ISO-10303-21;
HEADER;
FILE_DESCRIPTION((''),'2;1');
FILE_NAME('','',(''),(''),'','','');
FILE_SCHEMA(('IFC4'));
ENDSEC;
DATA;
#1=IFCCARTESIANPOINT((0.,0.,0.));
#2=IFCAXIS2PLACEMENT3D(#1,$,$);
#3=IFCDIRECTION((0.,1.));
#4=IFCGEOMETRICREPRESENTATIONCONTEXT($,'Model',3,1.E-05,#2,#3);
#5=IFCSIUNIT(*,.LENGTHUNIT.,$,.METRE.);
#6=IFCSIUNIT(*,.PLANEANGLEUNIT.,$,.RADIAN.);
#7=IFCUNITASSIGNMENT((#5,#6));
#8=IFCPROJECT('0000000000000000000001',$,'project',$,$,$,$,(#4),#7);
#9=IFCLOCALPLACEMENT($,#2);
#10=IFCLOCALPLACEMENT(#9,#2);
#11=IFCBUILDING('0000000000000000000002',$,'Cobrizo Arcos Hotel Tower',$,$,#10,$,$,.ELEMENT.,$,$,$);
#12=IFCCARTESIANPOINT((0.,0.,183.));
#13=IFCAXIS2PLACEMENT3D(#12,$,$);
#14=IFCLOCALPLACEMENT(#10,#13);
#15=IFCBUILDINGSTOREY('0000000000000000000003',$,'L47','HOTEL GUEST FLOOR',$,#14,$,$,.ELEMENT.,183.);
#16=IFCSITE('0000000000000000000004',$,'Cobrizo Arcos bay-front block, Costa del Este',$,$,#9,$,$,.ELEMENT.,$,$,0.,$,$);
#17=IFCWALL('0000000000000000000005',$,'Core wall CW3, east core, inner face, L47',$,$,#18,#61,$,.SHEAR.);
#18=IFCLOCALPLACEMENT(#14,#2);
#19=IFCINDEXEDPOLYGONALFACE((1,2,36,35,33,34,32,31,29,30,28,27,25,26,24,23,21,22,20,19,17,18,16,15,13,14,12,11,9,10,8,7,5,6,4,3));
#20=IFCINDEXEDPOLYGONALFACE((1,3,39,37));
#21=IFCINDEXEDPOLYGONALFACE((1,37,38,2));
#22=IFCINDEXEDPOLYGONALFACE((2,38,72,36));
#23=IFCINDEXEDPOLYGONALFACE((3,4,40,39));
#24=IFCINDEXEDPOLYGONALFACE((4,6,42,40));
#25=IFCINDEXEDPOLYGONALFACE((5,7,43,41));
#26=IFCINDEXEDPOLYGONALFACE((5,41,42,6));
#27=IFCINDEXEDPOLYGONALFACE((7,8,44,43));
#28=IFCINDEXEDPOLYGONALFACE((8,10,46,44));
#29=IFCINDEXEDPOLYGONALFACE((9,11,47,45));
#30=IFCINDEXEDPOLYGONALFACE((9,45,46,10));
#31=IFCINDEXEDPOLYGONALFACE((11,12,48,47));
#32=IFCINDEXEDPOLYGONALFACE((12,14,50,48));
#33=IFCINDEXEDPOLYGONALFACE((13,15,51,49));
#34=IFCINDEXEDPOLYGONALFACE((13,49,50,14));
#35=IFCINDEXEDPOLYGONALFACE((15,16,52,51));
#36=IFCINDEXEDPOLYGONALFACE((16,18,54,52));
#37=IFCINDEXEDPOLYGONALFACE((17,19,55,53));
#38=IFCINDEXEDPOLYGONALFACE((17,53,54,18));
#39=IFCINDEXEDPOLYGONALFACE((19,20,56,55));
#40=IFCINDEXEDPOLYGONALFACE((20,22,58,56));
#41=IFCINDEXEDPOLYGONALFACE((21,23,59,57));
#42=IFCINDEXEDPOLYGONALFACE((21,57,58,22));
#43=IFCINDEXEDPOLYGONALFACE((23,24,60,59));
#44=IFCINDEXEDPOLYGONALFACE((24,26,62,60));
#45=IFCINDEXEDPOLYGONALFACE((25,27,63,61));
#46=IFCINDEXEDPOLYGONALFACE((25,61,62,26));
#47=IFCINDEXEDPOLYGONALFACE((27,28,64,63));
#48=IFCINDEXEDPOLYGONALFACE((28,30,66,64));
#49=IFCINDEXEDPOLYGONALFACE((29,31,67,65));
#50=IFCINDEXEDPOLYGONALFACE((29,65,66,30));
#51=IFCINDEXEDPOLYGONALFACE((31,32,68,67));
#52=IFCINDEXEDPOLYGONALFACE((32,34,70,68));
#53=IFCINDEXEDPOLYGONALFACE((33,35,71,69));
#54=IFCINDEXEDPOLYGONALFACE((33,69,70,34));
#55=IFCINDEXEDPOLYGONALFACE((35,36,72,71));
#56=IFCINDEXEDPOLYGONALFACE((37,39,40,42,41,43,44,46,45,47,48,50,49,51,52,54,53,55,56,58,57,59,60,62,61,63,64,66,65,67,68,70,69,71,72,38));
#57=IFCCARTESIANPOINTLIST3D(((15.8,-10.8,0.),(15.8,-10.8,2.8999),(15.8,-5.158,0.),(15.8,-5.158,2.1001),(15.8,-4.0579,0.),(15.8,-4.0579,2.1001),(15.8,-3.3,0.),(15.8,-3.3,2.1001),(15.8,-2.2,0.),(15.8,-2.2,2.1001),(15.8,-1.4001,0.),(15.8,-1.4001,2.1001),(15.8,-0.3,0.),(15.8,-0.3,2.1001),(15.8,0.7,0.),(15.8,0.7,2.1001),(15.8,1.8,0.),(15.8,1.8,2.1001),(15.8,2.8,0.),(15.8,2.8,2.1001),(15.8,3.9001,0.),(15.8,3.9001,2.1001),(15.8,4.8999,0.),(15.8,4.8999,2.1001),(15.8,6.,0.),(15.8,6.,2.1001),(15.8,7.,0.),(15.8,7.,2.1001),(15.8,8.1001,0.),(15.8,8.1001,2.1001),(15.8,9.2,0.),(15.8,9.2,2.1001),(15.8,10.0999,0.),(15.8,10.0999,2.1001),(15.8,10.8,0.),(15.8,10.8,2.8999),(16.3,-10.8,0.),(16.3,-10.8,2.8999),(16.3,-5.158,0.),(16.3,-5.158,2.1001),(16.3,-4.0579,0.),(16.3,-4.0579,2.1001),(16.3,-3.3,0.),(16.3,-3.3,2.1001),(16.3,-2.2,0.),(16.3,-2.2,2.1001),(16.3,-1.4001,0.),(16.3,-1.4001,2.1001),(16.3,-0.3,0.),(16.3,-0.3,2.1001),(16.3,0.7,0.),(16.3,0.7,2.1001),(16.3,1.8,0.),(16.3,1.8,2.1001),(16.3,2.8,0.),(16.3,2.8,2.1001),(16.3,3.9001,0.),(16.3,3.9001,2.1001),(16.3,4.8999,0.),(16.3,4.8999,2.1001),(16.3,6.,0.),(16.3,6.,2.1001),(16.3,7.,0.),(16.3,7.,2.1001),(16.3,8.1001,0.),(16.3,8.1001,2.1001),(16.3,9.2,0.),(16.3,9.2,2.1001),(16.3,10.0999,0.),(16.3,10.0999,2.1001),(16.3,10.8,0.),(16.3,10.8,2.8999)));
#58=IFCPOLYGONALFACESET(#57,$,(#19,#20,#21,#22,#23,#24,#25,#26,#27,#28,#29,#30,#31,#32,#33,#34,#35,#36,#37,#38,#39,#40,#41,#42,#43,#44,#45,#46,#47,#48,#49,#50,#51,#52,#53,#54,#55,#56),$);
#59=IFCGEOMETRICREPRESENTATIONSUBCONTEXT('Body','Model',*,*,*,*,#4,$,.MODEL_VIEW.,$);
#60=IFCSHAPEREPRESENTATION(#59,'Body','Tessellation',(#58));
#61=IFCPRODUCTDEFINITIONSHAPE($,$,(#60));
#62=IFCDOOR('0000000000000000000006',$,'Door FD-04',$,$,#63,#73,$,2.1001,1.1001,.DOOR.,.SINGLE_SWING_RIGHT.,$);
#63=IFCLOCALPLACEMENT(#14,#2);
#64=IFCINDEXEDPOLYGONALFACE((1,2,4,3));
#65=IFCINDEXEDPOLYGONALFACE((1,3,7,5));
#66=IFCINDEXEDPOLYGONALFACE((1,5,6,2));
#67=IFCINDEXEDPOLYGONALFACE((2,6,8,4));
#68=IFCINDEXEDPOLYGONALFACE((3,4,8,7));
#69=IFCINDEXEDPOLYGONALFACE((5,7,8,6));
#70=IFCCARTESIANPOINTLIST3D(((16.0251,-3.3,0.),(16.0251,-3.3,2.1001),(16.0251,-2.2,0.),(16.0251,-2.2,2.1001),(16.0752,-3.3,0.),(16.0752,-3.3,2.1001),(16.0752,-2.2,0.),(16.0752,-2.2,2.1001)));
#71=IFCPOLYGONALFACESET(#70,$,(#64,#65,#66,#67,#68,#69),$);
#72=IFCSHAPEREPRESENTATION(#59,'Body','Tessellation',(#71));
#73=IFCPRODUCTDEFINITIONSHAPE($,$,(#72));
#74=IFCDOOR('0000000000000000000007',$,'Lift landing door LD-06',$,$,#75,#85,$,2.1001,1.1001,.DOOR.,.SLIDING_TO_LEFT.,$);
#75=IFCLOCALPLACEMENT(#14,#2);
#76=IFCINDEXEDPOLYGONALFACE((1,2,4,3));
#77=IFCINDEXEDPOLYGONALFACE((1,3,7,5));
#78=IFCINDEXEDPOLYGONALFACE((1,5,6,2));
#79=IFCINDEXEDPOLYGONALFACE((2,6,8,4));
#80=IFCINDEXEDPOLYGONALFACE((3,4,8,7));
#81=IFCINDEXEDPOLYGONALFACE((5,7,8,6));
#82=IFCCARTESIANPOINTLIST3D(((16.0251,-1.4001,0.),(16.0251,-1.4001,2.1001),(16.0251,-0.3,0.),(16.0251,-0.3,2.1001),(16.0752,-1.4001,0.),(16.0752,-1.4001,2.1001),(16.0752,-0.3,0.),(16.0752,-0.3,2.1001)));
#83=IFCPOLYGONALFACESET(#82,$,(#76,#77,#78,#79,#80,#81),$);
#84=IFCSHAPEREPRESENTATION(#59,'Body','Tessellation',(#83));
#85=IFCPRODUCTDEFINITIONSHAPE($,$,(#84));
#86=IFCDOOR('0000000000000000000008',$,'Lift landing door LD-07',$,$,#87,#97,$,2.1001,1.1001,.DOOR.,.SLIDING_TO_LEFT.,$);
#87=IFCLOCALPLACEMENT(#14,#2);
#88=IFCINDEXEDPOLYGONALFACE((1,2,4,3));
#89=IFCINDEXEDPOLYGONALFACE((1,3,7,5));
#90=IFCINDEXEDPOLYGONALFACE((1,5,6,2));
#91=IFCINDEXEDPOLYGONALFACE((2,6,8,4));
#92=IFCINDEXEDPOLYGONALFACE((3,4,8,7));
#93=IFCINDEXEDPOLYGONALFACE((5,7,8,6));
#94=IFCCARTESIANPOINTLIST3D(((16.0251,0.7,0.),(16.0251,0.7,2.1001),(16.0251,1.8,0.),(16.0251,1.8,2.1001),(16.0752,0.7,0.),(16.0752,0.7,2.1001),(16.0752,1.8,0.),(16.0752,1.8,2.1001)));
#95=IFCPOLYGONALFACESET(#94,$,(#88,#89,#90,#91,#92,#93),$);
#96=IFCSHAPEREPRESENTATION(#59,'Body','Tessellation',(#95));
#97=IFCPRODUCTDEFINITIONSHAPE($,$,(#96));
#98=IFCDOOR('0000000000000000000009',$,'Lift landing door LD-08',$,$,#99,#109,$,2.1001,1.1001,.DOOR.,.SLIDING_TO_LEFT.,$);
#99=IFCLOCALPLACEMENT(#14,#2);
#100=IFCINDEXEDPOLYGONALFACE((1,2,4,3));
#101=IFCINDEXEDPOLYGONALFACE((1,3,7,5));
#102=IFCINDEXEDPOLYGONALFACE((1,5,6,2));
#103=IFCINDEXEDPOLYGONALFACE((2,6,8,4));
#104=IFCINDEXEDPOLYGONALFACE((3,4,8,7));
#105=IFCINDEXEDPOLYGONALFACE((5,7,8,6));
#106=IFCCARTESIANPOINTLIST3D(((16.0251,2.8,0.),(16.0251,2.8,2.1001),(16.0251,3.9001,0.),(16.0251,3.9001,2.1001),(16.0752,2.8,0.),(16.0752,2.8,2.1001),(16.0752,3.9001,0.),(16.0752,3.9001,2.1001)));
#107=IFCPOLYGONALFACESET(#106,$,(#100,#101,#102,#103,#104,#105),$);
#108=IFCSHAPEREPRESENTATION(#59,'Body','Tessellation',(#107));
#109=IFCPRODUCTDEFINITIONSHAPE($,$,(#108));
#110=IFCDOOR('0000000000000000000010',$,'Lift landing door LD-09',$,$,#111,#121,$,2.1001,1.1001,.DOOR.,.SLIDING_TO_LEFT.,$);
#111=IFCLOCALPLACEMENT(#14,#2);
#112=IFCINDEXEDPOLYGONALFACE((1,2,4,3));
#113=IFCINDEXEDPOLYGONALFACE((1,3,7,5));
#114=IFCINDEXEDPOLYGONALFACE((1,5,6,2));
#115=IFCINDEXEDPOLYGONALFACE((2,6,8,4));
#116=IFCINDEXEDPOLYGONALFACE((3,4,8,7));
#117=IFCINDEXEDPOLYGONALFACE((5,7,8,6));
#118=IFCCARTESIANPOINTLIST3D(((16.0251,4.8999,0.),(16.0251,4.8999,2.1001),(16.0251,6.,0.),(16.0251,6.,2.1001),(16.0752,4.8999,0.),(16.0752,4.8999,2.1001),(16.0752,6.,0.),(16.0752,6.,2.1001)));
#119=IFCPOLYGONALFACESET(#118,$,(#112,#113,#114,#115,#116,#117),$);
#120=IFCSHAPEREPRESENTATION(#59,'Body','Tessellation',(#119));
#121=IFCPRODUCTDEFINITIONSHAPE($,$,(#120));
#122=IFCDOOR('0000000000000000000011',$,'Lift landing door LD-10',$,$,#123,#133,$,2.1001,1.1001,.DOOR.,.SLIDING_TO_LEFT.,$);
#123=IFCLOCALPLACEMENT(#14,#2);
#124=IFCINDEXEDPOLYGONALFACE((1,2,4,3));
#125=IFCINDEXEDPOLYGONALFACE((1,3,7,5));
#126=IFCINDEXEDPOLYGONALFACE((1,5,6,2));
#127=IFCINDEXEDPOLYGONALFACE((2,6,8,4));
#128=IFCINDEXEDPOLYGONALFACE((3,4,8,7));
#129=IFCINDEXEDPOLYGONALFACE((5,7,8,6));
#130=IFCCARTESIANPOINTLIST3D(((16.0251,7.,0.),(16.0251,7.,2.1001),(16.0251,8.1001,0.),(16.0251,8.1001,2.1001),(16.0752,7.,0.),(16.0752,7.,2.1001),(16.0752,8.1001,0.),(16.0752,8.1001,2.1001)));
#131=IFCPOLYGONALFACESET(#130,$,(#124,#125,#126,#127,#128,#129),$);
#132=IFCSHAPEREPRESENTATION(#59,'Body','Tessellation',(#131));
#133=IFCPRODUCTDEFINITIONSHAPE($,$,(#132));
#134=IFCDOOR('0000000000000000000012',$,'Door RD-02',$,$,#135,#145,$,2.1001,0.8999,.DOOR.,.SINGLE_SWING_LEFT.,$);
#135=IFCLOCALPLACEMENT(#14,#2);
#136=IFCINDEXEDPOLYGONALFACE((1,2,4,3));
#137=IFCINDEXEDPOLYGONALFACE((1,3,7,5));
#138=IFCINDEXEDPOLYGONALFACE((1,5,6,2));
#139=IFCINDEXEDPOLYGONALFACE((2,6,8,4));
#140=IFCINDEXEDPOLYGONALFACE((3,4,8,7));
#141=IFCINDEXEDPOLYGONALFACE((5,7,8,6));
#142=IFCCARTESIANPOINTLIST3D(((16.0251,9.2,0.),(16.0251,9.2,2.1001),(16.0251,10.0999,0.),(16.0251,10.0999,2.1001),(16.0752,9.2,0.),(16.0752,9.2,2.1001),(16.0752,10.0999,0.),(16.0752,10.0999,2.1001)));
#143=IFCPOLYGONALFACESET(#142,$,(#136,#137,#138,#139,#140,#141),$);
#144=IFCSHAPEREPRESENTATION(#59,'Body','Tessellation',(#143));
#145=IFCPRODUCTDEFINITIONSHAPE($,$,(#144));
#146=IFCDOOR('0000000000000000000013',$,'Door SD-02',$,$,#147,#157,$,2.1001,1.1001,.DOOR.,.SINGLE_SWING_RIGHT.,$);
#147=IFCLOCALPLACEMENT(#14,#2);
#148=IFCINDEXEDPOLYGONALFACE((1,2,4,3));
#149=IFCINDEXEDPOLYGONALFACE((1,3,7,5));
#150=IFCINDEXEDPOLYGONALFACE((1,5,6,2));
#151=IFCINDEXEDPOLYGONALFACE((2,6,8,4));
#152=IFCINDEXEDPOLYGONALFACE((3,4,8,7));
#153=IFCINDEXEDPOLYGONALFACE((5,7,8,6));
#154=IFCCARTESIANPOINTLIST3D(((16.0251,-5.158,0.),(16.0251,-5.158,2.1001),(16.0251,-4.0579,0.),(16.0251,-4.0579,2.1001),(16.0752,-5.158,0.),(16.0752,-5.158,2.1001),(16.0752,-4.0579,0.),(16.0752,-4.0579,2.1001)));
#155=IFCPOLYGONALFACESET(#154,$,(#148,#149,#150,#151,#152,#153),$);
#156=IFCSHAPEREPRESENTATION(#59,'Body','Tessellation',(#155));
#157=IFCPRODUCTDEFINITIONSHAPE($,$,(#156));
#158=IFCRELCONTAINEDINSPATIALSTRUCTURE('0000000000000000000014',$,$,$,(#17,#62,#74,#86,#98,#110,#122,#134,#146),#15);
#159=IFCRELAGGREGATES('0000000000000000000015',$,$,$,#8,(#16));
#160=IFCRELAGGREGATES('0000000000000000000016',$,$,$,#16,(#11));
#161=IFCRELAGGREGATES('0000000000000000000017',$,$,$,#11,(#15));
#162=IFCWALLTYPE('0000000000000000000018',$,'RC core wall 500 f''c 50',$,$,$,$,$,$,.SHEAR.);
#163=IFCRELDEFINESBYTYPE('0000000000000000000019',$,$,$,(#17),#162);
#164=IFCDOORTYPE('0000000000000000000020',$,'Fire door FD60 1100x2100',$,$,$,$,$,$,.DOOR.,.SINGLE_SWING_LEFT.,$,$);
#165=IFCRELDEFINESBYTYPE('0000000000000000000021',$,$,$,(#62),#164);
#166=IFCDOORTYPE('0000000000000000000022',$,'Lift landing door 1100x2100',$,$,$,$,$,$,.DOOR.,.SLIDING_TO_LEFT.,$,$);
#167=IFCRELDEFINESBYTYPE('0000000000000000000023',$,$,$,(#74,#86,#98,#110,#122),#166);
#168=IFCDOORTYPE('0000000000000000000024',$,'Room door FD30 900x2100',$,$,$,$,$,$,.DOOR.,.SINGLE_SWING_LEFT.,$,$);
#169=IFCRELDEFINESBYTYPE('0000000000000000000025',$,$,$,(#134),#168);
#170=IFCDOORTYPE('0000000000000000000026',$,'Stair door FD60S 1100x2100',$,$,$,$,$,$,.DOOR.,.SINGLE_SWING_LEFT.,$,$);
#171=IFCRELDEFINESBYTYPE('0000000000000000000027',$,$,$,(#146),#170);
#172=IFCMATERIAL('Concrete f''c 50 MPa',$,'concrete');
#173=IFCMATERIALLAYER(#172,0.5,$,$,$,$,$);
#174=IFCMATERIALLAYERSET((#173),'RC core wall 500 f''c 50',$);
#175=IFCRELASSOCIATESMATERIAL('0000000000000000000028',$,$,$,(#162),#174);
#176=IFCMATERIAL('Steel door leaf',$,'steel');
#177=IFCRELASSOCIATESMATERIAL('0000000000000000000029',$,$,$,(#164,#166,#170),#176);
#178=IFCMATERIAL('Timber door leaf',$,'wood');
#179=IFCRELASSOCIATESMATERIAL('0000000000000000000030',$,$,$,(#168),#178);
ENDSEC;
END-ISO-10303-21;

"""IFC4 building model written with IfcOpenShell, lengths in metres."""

from ifc_helpers import new_model, si_unit, direction, frame, frame_2d, origin, place, context, subcontext, project, spatial, rectangle, extrude, material, layer, layer_set, type_object, element, fill, save


model = new_model("IFC4")

# Units and contexts
model_context = context("Model", 3, precision=1e-05, world=origin(), true_north=direction((0.0, 1.0)))
body_context = subcontext(model_context, "Body", "Model", "MODEL_VIEW")
ifc_project = project(units=[si_unit("LENGTHUNIT", "METRE"), si_unit("PLANEANGLEUNIT", "RADIAN")], contexts=[model_context])

# Site, building, storey
site_placement = place(None, origin())
site = spatial("IfcSite", under=ifc_project, at=site_placement, Name="Cobrizo Arcos bay-front block, Costa del Este", CompositionType="ELEMENT", RefElevation=0.0)
building_placement = place(site_placement, origin())
building = spatial("IfcBuilding", under=site, at=building_placement, Name="Cobrizo Arcos Hotel Tower", CompositionType="ELEMENT")
storey_placement = place(building_placement, frame((0.0, 0.0, 183.0)))
storey = spatial("IfcBuildingStorey", under=building, at=storey_placement, Name="L47", Description="HOTEL GUEST FLOOR", CompositionType="ELEMENT", Elevation=183.0)

# Wall, openings, doors
ifc_material_1 = material(Name="Concrete f'c 50 MPa", Category="concrete")
ifc_layer_1 = layer(ifc_material_1, 0.5)
ifc_layer_set_1 = layer_set([ifc_layer_1], Name="RC core wall 500 f'c 50")
wall_type_1 = type_object("IfcWallType", Name="RC core wall 500 f'c 50", PredefinedType="SHEAR", material=ifc_layer_set_1)
wall_1_placement = place(storey_placement, frame((16.05, -10.8, 0.0), z_axis=(0.0, 0.0, 1.0), x_axis=(0.0, 1.0, 0.0)))
wall_1 = element("IfcWall", 1, at=wall_1_placement, inside=storey, type_object=wall_type_1, Name="Core wall CW3, east core, inner face, L47", PredefinedType="SHEAR", context=body_context, shape_type="SweptSolid", body=[
    extrude(rectangle(XDim=21.6001, YDim=0.5, at=frame_2d((10.8, 0.0))), origin(), (0.0, 0.0, 1.0), 2.8999),
])
opening_1_placement = place(wall_1_placement, frame((9.3999, 0.0, 0.0)))
opening_1 = element("IfcOpeningElement", 2, at=opening_1_placement, cuts=wall_1, PredefinedType="OPENING", context=body_context, shape_type="SweptSolid", body=[
    extrude(rectangle(XDim=1.1001, YDim=2.1001, at=frame_2d((0.55, 1.05))), frame((0.0, 0.262, 0.0), z_axis=(0.0, -1.0, 0.0), x_axis=(1.0, 0.0, 0.0)), (0.0, 0.0, 1.0), 0.5239),
])
opening_2_placement = place(wall_1_placement, frame((11.5, 0.0, 0.0)))
opening_2 = element("IfcOpeningElement", 3, at=opening_2_placement, cuts=wall_1, PredefinedType="OPENING", context=body_context, shape_type="SweptSolid", body=[
    extrude(rectangle(XDim=1.1001, YDim=2.1001, at=frame_2d((0.55, 1.05))), frame((0.0, 0.262, 0.0), z_axis=(0.0, -1.0, 0.0), x_axis=(1.0, 0.0, 0.0)), (0.0, 0.0, 1.0), 0.5239),
])
opening_3_placement = place(wall_1_placement, frame((13.6001, 0.0, 0.0)))
opening_3 = element("IfcOpeningElement", 4, at=opening_3_placement, cuts=wall_1, PredefinedType="OPENING", context=body_context, shape_type="SweptSolid", body=[
    extrude(rectangle(XDim=1.1001, YDim=2.1001, at=frame_2d((0.55, 1.05))), frame((0.0, 0.262, 0.0), z_axis=(0.0, -1.0, 0.0), x_axis=(1.0, 0.0, 0.0)), (0.0, 0.0, 1.0), 0.5239),
])
opening_4_placement = place(wall_1_placement, frame((15.7, 0.0, 0.0)))
opening_4 = element("IfcOpeningElement", 5, at=opening_4_placement, cuts=wall_1, PredefinedType="OPENING", context=body_context, shape_type="SweptSolid", body=[
    extrude(rectangle(XDim=1.1001, YDim=2.1001, at=frame_2d((0.55, 1.05))), frame((0.0, 0.262, 0.0), z_axis=(0.0, -1.0, 0.0), x_axis=(1.0, 0.0, 0.0)), (0.0, 0.0, 1.0), 0.5239),
])
opening_5_placement = place(wall_1_placement, frame((17.8, 0.0, 0.0)))
opening_5 = element("IfcOpeningElement", 6, at=opening_5_placement, cuts=wall_1, PredefinedType="OPENING", context=body_context, shape_type="SweptSolid", body=[
    extrude(rectangle(XDim=1.1001, YDim=2.1001, at=frame_2d((0.55, 1.05))), frame((0.0, 0.262, 0.0), z_axis=(0.0, -1.0, 0.0), x_axis=(1.0, 0.0, 0.0)), (0.0, 0.0, 1.0), 0.5239),
])
opening_6_placement = place(wall_1_placement, frame((5.6421, 0.0, 0.0)))
opening_6 = element("IfcOpeningElement", 7, at=opening_6_placement, cuts=wall_1, PredefinedType="OPENING", context=body_context, shape_type="SweptSolid", body=[
    extrude(rectangle(XDim=1.1001, YDim=2.1001, at=frame_2d((0.55, 1.05))), frame((0.0, 0.262, 0.0), z_axis=(0.0, -1.0, 0.0), x_axis=(1.0, 0.0, 0.0)), (0.0, 0.0, 1.0), 0.5239),
])
opening_7_placement = place(wall_1_placement, frame((7.5, 0.0, 0.0)))
opening_7 = element("IfcOpeningElement", 8, at=opening_7_placement, cuts=wall_1, PredefinedType="OPENING", context=body_context, shape_type="SweptSolid", body=[
    extrude(rectangle(XDim=1.1001, YDim=2.1001, at=frame_2d((0.55, 1.05))), frame((0.0, 0.262, 0.0), z_axis=(0.0, -1.0, 0.0), x_axis=(1.0, 0.0, 0.0)), (0.0, 0.0, 1.0), 0.5239),
])
opening_8_placement = place(wall_1_placement, frame((20.0, 0.0, 0.0)))
opening_8 = element("IfcOpeningElement", 9, at=opening_8_placement, cuts=wall_1, PredefinedType="OPENING", context=body_context, shape_type="SweptSolid", body=[
    extrude(rectangle(XDim=0.8999, YDim=2.1001, at=frame_2d((0.45, 1.05))), frame((0.0, 0.262, 0.0), z_axis=(0.0, -1.0, 0.0), x_axis=(1.0, 0.0, 0.0)), (0.0, 0.0, 1.0), 0.5239),
])
ifc_material_2 = material(Name="Steel door leaf", Category="steel")
door_type_1 = type_object("IfcDoorType", Name="Fire door FD60 1100x2100", OperationType="SINGLE_SWING_LEFT", PredefinedType="DOOR", material=ifc_material_2)
door_1_placement = place(opening_7_placement, origin())
door_1 = element("IfcDoor", 10, at=door_1_placement, inside=storey, type_object=door_type_1, Name="Door FD-04", OperationType="SINGLE_SWING_RIGHT", OverallHeight=2.1001, OverallWidth=1.1001, PredefinedType="DOOR", context=body_context, shape_type="SweptSolid", body=[
    extrude(rectangle(XDim=1.1001, YDim=2.1001, at=frame_2d((0.55, 1.05))), frame((0.0, 0.0249, 0.0), z_axis=(0.0, -1.0, 0.0), x_axis=(1.0, 0.0, 0.0)), (0.0, 0.0, 1.0), 0.05),
])
fill(opening_7, door_1)
door_type_2 = type_object("IfcDoorType", Name="Lift landing door 1100x2100", OperationType="SLIDING_TO_LEFT", PredefinedType="DOOR", material=ifc_material_2)
door_2_placement = place(opening_1_placement, origin())
door_2 = element("IfcDoor", 11, at=door_2_placement, inside=storey, type_object=door_type_2, Name="Lift landing door LD-06", OperationType="SLIDING_TO_LEFT", OverallHeight=2.1001, OverallWidth=1.1001, PredefinedType="DOOR", context=body_context, shape_type="SweptSolid", body=[
    extrude(rectangle(XDim=1.1001, YDim=2.1001, at=frame_2d((0.55, 1.05))), frame((0.0, 0.0249, 0.0), z_axis=(0.0, -1.0, 0.0), x_axis=(1.0, 0.0, 0.0)), (0.0, 0.0, 1.0), 0.05),
])
fill(opening_1, door_2)
door_3_placement = place(opening_2_placement, origin())
door_3 = element("IfcDoor", 12, at=door_3_placement, inside=storey, type_object=door_type_2, Name="Lift landing door LD-07", OperationType="SLIDING_TO_LEFT", OverallHeight=2.1001, OverallWidth=1.1001, PredefinedType="DOOR", context=body_context, shape_type="SweptSolid", body=[
    extrude(rectangle(XDim=1.1001, YDim=2.1001, at=frame_2d((0.55, 1.05))), frame((0.0, 0.0249, 0.0), z_axis=(0.0, -1.0, 0.0), x_axis=(1.0, 0.0, 0.0)), (0.0, 0.0, 1.0), 0.05),
])
fill(opening_2, door_3)
door_4_placement = place(opening_3_placement, origin())
door_4 = element("IfcDoor", 13, at=door_4_placement, inside=storey, type_object=door_type_2, Name="Lift landing door LD-08", OperationType="SLIDING_TO_LEFT", OverallHeight=2.1001, OverallWidth=1.1001, PredefinedType="DOOR", context=body_context, shape_type="SweptSolid", body=[
    extrude(rectangle(XDim=1.1001, YDim=2.1001, at=frame_2d((0.55, 1.05))), frame((0.0, 0.0249, 0.0), z_axis=(0.0, -1.0, 0.0), x_axis=(1.0, 0.0, 0.0)), (0.0, 0.0, 1.0), 0.05),
])
fill(opening_3, door_4)
door_5_placement = place(opening_4_placement, origin())
door_5 = element("IfcDoor", 14, at=door_5_placement, inside=storey, type_object=door_type_2, Name="Lift landing door LD-09", OperationType="SLIDING_TO_LEFT", OverallHeight=2.1001, OverallWidth=1.1001, PredefinedType="DOOR", context=body_context, shape_type="SweptSolid", body=[
    extrude(rectangle(XDim=1.1001, YDim=2.1001, at=frame_2d((0.55, 1.05))), frame((0.0, 0.0249, 0.0), z_axis=(0.0, -1.0, 0.0), x_axis=(1.0, 0.0, 0.0)), (0.0, 0.0, 1.0), 0.05),
])
fill(opening_4, door_5)
door_6_placement = place(opening_5_placement, origin())
door_6 = element("IfcDoor", 15, at=door_6_placement, inside=storey, type_object=door_type_2, Name="Lift landing door LD-10", OperationType="SLIDING_TO_LEFT", OverallHeight=2.1001, OverallWidth=1.1001, PredefinedType="DOOR", context=body_context, shape_type="SweptSolid", body=[
    extrude(rectangle(XDim=1.1001, YDim=2.1001, at=frame_2d((0.55, 1.05))), frame((0.0, 0.0249, 0.0), z_axis=(0.0, -1.0, 0.0), x_axis=(1.0, 0.0, 0.0)), (0.0, 0.0, 1.0), 0.05),
])
fill(opening_5, door_6)
ifc_material_3 = material(Name="Timber door leaf", Category="wood")
door_type_3 = type_object("IfcDoorType", Name="Room door FD30 900x2100", OperationType="SINGLE_SWING_LEFT", PredefinedType="DOOR", material=ifc_material_3)
door_7_placement = place(opening_8_placement, origin())
door_7 = element("IfcDoor", 16, at=door_7_placement, inside=storey, type_object=door_type_3, Name="Door RD-02", OperationType="SINGLE_SWING_LEFT", OverallHeight=2.1001, OverallWidth=0.8999, PredefinedType="DOOR", context=body_context, shape_type="SweptSolid", body=[
    extrude(rectangle(XDim=0.8999, YDim=2.1001, at=frame_2d((0.45, 1.05))), frame((0.0, 0.0249, 0.0), z_axis=(0.0, -1.0, 0.0), x_axis=(1.0, 0.0, 0.0)), (0.0, 0.0, 1.0), 0.05),
])
fill(opening_8, door_7)
door_type_4 = type_object("IfcDoorType", Name="Stair door FD60S 1100x2100", OperationType="SINGLE_SWING_LEFT", PredefinedType="DOOR", material=ifc_material_2)
door_8_placement = place(opening_6_placement, origin())
door_8 = element("IfcDoor", 17, at=door_8_placement, inside=storey, type_object=door_type_4, Name="Door SD-02", OperationType="SINGLE_SWING_RIGHT", OverallHeight=2.1001, OverallWidth=1.1001, PredefinedType="DOOR", context=body_context, shape_type="SweptSolid", body=[
    extrude(rectangle(XDim=1.1001, YDim=2.1001, at=frame_2d((0.55, 1.05))), frame((0.0, 0.0249, 0.0), z_axis=(0.0, -1.0, 0.0), x_axis=(1.0, 0.0, 0.0)), (0.0, 0.0, 1.0), 0.05),
])
fill(opening_6, door_8)

save(model, "model.ifc")
